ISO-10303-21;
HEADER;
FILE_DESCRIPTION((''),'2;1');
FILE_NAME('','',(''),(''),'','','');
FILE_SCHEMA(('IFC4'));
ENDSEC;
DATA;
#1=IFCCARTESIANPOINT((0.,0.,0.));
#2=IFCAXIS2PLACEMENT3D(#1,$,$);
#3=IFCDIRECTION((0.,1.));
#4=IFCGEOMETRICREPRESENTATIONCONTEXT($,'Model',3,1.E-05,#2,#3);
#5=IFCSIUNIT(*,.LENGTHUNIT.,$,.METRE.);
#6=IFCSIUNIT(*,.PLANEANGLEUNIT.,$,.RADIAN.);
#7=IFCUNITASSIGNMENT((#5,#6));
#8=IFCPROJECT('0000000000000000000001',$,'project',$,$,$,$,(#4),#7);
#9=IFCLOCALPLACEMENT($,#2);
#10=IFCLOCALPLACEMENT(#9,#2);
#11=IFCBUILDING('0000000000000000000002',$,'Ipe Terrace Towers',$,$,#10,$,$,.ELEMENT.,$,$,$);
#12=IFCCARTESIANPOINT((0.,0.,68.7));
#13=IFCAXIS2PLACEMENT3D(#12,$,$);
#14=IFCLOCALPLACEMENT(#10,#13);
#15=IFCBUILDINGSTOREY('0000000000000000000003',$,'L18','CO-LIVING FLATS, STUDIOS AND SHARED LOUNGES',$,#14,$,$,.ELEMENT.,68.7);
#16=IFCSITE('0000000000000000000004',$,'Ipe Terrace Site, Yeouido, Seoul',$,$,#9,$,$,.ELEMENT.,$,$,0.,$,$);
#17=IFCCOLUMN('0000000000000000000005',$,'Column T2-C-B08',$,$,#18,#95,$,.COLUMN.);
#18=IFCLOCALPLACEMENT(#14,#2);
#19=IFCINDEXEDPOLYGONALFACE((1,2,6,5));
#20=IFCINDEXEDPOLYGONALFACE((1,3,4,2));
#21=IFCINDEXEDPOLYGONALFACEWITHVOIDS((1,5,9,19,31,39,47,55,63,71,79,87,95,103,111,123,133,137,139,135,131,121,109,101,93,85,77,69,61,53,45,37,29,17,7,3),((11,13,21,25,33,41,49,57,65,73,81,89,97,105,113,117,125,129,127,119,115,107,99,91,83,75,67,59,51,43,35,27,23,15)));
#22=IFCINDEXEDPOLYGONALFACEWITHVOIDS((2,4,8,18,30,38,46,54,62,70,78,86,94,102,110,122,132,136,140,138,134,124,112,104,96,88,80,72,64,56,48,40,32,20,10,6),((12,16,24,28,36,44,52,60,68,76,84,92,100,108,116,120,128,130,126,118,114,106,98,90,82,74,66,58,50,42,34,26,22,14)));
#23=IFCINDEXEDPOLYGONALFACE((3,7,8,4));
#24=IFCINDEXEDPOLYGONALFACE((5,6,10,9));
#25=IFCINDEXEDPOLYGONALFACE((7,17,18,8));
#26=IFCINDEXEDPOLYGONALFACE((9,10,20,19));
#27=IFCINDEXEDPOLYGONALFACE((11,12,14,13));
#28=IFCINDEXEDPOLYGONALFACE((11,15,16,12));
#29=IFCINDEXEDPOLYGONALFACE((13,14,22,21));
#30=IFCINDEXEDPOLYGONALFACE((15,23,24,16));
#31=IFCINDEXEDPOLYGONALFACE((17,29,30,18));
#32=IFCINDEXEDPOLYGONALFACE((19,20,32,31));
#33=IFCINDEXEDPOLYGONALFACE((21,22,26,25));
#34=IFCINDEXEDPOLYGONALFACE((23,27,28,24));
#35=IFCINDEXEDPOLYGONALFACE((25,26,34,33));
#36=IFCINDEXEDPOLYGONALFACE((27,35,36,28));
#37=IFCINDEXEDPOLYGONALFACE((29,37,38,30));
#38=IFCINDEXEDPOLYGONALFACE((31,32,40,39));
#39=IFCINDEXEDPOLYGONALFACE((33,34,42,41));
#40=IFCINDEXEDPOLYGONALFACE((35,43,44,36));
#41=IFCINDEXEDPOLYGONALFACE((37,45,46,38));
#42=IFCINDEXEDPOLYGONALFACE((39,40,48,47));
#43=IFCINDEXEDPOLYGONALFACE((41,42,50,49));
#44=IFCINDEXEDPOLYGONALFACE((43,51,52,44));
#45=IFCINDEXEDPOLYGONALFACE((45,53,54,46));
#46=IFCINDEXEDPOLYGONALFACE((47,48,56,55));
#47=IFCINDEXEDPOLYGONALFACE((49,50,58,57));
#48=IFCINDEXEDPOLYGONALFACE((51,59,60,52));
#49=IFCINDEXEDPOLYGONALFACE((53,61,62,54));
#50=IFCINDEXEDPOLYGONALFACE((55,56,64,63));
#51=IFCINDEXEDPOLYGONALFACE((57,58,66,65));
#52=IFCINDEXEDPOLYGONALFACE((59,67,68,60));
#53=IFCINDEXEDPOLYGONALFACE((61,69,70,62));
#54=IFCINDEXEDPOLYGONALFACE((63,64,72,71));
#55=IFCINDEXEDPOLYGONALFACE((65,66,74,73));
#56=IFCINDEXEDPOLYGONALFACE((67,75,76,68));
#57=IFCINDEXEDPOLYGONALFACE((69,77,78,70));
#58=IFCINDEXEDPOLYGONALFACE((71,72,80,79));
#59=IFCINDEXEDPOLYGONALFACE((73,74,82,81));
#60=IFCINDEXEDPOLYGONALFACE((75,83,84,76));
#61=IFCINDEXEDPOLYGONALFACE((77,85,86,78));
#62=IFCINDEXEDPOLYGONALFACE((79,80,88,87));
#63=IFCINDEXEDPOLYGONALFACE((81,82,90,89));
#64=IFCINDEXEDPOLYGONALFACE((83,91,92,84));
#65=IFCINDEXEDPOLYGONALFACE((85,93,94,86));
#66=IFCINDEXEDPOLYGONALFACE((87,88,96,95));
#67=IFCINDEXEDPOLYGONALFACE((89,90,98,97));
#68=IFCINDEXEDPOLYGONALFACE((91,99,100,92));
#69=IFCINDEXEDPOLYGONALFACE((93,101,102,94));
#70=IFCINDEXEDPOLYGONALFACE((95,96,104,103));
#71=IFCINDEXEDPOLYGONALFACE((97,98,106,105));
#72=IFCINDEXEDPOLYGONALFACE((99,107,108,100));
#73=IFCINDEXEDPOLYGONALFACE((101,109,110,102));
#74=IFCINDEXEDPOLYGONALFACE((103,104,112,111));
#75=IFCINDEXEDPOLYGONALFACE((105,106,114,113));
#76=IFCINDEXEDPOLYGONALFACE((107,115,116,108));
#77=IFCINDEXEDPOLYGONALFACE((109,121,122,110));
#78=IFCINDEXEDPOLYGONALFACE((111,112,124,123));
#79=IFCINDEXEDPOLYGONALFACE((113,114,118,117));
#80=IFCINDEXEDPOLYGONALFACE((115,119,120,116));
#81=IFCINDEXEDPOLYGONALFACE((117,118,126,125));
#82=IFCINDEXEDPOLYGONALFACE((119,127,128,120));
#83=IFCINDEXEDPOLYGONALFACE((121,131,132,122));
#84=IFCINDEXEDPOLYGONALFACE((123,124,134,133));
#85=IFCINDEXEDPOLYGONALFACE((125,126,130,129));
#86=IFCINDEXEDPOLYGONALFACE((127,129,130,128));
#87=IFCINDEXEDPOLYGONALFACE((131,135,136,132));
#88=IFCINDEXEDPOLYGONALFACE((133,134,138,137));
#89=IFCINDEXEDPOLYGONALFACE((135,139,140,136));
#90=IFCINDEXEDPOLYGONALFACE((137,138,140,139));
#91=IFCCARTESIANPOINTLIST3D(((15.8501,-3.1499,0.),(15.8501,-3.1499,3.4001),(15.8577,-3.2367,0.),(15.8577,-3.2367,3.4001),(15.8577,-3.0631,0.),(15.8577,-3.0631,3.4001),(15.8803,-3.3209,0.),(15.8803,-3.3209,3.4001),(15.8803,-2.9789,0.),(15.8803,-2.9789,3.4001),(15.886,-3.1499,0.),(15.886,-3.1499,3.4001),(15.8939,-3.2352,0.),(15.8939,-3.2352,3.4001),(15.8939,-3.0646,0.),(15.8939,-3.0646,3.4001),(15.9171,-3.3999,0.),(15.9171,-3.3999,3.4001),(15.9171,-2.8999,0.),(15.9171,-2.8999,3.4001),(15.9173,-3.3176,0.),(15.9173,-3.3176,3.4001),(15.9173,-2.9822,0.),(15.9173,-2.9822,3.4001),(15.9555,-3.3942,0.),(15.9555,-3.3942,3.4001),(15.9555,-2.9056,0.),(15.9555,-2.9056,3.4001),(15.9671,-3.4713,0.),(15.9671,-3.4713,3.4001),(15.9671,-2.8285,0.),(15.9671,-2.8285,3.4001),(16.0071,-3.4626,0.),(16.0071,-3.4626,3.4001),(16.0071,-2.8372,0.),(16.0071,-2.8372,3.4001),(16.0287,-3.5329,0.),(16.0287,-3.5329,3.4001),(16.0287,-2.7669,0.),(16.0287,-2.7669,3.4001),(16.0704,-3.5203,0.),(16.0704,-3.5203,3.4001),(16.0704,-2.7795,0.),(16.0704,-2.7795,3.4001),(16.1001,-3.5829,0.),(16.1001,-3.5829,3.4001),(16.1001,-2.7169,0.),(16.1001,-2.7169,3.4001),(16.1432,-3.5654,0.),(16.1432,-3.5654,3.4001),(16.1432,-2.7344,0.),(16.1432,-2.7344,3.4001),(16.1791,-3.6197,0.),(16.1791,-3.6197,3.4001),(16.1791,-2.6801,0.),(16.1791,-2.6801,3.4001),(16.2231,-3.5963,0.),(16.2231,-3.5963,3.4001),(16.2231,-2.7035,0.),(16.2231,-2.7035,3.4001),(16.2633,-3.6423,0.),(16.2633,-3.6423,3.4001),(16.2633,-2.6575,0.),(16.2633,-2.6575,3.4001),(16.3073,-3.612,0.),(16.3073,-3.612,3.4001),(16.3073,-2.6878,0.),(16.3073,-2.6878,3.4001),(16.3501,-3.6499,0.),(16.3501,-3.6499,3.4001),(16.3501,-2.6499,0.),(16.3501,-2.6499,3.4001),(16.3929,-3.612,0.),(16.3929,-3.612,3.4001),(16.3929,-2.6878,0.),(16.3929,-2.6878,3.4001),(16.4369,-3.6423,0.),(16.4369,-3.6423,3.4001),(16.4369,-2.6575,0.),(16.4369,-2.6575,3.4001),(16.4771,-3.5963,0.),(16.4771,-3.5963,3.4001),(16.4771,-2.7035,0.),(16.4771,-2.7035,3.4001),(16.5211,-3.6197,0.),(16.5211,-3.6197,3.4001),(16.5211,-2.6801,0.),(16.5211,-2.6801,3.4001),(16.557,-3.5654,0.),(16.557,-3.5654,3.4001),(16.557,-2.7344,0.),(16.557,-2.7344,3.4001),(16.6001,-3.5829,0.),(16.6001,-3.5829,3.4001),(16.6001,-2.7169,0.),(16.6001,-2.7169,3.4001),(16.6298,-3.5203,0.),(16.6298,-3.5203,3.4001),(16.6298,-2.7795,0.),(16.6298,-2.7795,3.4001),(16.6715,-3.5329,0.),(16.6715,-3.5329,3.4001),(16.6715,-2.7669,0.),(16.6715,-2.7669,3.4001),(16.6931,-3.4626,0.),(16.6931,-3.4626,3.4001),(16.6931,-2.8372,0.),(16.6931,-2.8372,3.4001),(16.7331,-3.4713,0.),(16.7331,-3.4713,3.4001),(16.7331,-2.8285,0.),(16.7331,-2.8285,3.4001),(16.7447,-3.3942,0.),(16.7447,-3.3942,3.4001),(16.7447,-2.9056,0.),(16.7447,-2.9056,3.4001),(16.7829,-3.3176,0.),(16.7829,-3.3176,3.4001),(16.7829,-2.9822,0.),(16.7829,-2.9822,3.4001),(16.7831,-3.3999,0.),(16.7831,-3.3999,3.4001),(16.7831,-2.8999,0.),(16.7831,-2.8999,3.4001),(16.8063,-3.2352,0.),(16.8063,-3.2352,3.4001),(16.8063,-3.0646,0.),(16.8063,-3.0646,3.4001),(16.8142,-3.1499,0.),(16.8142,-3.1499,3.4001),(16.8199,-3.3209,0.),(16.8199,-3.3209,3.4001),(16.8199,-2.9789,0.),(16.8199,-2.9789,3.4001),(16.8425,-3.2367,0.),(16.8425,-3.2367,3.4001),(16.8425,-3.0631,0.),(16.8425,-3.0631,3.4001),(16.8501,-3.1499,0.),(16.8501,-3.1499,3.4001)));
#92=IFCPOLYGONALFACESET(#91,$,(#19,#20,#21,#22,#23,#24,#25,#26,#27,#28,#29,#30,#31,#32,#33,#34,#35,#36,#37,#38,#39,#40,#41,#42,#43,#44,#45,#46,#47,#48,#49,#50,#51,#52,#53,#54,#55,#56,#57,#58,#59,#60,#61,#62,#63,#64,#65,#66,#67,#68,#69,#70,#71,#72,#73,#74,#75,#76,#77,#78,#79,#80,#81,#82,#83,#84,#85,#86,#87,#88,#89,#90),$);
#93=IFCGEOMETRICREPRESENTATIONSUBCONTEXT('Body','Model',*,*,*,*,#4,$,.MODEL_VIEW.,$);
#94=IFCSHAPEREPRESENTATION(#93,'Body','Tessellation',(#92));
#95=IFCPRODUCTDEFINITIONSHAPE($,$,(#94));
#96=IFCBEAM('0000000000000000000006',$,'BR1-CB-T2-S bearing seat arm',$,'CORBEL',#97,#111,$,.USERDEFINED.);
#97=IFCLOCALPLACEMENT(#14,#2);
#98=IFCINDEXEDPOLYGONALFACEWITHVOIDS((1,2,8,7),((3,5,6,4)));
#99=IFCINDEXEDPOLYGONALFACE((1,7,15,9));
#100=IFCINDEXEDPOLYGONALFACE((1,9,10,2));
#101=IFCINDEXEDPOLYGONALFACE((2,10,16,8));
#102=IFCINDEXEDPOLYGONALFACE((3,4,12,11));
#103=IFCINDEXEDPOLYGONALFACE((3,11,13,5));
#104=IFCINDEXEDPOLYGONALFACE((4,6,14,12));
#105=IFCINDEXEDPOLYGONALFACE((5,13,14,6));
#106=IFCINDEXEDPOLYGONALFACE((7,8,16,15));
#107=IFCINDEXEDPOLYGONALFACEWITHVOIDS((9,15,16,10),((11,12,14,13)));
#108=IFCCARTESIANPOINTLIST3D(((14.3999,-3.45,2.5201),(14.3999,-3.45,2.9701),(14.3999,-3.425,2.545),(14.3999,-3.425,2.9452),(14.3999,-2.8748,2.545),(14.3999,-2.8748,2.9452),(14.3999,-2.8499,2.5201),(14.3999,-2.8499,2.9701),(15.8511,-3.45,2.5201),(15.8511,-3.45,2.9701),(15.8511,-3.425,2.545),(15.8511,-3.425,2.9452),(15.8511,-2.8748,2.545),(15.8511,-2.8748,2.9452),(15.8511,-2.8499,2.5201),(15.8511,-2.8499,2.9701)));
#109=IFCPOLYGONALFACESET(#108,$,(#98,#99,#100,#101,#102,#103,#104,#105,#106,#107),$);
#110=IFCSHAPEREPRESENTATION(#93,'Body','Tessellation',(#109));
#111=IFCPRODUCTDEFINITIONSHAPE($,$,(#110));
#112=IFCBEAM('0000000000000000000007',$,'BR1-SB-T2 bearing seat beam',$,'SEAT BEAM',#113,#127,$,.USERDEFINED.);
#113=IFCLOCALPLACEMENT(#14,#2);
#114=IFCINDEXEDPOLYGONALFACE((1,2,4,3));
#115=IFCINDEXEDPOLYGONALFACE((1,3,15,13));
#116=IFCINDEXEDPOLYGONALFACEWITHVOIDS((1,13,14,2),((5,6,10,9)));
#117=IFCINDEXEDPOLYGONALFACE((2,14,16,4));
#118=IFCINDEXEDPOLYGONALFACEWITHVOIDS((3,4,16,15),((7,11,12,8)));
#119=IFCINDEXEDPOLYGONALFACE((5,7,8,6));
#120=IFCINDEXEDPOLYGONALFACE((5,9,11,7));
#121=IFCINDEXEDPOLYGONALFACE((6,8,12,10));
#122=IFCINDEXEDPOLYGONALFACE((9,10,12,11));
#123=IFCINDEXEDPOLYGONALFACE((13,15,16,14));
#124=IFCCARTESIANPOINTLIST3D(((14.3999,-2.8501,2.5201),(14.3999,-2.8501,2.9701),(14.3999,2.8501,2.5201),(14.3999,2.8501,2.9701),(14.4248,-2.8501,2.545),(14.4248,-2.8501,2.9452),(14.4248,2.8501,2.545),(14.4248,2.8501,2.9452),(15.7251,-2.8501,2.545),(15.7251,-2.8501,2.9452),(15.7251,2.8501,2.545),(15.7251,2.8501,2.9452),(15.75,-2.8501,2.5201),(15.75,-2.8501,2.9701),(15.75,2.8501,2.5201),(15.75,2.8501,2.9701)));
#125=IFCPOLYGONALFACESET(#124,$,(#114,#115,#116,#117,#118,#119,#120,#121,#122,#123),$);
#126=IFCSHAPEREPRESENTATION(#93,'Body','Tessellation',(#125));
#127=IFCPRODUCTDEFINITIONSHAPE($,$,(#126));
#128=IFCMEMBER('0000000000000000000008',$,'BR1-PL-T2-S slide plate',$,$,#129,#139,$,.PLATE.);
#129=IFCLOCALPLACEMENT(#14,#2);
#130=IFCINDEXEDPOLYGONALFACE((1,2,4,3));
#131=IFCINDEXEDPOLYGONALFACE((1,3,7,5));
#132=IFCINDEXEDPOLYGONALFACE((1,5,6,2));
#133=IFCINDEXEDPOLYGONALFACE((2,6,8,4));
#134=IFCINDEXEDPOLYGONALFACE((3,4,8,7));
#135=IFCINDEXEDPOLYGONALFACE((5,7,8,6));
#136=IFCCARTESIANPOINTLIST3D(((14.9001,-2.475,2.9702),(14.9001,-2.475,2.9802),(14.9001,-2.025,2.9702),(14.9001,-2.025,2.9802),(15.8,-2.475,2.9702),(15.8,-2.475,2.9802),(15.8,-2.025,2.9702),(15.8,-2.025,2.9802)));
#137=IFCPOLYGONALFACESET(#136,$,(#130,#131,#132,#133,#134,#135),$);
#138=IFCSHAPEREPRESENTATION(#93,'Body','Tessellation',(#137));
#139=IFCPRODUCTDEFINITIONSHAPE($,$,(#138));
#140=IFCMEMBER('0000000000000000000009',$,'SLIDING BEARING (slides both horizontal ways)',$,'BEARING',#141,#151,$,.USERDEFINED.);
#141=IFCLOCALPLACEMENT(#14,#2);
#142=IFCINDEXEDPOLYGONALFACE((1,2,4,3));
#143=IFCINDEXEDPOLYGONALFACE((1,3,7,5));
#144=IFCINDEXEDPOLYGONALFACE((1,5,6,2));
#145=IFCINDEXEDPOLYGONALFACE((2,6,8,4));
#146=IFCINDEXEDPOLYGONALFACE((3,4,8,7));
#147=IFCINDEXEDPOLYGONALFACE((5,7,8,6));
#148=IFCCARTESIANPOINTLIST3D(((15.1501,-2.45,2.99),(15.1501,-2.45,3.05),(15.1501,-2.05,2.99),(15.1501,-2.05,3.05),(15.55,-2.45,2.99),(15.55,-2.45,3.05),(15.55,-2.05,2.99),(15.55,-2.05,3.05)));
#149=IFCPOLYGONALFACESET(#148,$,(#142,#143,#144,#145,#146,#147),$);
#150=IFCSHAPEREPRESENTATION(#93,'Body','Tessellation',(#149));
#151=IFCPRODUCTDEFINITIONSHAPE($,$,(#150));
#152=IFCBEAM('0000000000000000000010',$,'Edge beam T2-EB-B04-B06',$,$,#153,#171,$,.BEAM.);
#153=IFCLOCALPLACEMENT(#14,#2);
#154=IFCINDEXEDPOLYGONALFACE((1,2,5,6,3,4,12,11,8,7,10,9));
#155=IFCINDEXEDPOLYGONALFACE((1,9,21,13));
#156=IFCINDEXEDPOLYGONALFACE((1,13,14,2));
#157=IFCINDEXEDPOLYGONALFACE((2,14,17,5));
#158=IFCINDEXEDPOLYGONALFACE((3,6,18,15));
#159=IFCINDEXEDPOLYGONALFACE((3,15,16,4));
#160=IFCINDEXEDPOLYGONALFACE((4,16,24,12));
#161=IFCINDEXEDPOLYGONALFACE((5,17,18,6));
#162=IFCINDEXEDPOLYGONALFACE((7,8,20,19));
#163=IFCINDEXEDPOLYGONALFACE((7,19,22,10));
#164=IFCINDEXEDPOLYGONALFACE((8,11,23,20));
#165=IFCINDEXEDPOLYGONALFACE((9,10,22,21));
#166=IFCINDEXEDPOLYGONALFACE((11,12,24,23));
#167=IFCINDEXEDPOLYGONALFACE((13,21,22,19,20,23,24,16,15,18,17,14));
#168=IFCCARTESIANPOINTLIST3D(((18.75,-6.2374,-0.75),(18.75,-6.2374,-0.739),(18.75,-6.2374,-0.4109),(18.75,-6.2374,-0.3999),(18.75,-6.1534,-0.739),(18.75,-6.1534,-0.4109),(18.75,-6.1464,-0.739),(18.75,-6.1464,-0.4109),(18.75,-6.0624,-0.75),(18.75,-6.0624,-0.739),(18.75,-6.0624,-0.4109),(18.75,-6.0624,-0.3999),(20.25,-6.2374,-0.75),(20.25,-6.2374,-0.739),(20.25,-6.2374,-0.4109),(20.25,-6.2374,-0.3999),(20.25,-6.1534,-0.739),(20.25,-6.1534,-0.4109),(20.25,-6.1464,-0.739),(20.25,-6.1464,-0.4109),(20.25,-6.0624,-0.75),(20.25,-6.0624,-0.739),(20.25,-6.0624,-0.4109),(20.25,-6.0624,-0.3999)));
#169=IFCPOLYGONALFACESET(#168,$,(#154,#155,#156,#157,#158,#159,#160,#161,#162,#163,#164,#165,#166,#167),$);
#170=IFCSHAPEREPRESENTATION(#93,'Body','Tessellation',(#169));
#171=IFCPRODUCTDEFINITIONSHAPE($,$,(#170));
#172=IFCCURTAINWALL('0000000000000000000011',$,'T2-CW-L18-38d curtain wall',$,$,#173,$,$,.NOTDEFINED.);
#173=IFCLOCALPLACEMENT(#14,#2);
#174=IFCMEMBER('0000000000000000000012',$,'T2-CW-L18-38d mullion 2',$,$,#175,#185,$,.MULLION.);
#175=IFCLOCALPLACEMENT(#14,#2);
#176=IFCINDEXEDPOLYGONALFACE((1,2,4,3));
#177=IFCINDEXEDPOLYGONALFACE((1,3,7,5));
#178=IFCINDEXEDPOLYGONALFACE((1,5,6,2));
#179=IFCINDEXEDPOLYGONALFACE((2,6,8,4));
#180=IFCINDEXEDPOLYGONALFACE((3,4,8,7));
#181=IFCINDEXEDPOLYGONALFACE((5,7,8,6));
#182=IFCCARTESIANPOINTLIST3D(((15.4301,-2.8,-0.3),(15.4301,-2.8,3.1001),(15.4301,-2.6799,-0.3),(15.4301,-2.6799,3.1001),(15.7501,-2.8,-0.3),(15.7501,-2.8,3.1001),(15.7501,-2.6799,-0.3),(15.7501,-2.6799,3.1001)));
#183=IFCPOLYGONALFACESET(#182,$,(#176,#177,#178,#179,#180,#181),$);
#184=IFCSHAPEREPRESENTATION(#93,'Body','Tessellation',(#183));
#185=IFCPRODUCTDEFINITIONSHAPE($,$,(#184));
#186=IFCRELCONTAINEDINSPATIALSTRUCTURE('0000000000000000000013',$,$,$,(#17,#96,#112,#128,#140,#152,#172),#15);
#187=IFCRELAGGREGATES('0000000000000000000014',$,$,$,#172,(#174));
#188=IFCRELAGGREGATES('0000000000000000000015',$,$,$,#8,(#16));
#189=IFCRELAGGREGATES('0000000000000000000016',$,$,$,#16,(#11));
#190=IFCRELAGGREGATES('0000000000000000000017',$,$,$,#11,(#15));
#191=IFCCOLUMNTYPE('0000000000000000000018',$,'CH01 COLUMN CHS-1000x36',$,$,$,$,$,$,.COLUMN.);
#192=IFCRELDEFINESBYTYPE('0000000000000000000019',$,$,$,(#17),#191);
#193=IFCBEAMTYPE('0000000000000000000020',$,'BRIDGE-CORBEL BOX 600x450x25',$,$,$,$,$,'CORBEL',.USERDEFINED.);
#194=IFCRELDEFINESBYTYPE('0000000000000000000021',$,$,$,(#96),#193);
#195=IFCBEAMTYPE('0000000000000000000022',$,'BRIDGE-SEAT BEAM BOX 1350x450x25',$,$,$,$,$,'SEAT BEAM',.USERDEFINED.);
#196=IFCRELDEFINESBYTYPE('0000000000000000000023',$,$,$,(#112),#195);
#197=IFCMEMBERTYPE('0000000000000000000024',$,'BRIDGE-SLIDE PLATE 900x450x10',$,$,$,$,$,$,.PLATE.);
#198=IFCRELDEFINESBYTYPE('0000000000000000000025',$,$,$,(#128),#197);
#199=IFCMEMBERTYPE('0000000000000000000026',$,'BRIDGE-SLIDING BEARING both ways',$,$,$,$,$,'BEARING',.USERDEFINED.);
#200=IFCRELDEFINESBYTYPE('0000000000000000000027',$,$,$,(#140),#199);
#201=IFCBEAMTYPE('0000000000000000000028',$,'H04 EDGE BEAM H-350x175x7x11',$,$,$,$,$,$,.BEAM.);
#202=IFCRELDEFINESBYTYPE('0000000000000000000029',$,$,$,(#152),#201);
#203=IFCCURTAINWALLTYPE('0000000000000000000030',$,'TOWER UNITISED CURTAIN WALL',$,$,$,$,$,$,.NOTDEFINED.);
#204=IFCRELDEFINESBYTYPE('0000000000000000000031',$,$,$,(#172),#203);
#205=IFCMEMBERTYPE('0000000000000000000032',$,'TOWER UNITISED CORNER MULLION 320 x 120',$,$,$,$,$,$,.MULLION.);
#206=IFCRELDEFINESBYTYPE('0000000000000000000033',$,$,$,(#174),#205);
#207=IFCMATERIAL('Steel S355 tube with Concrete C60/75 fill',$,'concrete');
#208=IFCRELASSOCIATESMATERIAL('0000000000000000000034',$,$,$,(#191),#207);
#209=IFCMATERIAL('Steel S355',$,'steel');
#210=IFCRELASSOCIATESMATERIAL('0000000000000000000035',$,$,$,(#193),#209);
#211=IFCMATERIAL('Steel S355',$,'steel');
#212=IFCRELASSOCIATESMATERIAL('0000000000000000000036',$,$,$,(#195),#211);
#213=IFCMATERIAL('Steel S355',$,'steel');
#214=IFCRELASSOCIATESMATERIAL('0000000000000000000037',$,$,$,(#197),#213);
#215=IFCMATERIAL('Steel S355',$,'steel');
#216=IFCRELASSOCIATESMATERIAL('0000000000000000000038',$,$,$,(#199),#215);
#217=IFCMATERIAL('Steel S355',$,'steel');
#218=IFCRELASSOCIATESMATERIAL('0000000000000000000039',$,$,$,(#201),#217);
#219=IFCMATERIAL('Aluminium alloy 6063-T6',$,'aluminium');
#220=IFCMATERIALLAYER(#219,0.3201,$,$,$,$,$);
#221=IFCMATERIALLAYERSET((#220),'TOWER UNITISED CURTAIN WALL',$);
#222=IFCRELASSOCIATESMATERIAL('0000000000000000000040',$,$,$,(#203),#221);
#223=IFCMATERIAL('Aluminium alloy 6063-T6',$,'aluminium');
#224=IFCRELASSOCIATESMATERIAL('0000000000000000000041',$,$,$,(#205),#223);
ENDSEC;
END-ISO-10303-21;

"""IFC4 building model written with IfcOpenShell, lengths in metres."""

from ifc_helpers import new_model, si_unit, direction, frame, origin, origin_2d, place, context, subcontext, project, spatial, rectangle, hollow_rectangle, hollow_circle, i_section, extrude, material, layer, layer_set, material_profile, profile_set, type_object, element, aggregate, save


model = new_model("IFC4")

# Units and contexts
model_context = context("Model", 3, precision=1e-05, world=origin(), true_north=direction((0.0, 1.0)))
body_context = subcontext(model_context, "Body", "Model", "MODEL_VIEW")
ifc_project = project(units=[si_unit("LENGTHUNIT", "METRE"), si_unit("PLANEANGLEUNIT", "RADIAN")], contexts=[model_context])

# Site, building, storey
site_placement = place(None, origin())
site = spatial("IfcSite", under=ifc_project, at=site_placement, Name="Ipe Terrace Site, Yeouido, Seoul", CompositionType="ELEMENT", RefElevation=0.0)
building_placement = place(site_placement, origin())
building = spatial("IfcBuilding", under=site, at=building_placement, Name="Ipe Terrace Towers", CompositionType="ELEMENT")
storey_placement = place(building_placement, frame((0.0, 0.0, 68.7)))
storey = spatial("IfcBuildingStorey", under=building, at=storey_placement, Name="L18", Description="CO-LIVING FLATS, STUDIOS AND SHARED LOUNGES", CompositionType="ELEMENT", Elevation=68.7)

# Column
ifc_material_1 = material(Name="Steel S355 tube with Concrete C60/75 fill", Category="concrete")
ifc_material_profile_1 = material_profile(ifc_material_1, hollow_circle(Radius=0.5, WallThickness=0.0359, at=origin_2d()), Name="CHS-1000x36")
ifc_profile_set_1 = profile_set([ifc_material_profile_1], Name="Steel S355 tube with Concrete C60/75 fill")
column_type = type_object("IfcColumnType", Name="CH01 COLUMN CHS-1000x36", PredefinedType="COLUMN", material=ifc_profile_set_1)
for number, where, z_axis, x_axis, name in (
    (1, (16.3501, -3.1499, 0.0), (0.0, 0.0, 1.0), (1.0, 0.0, 0.0), "Column T2-C-B08"),
):
    element("IfcColumn", number, at=place(storey_placement, frame(where, z_axis=z_axis, x_axis=x_axis)), inside=storey, type_object=column_type, Name=name, PredefinedType="COLUMN", context=body_context, shape_type="SweptSolid", body=[
        extrude(hollow_circle(Radius=0.5, WallThickness=0.0359, at=origin_2d()), origin(), (0.0, 0.0, 1.0), 3.4001),
    ])

# Beams
ifc_material_2 = material(Name="Steel S355", Category="steel")
ifc_material_profile_2 = material_profile(ifc_material_2, hollow_rectangle(XDim=0.6001, YDim=0.45, WallThickness=0.0249, at=origin_2d()), Name="BRIDGE-CORBEL BOX 600x450x25")
ifc_profile_set_2 = profile_set([ifc_material_profile_2], Name="Steel S355")
beam_type_1 = type_object("IfcBeamType", Name="BRIDGE-CORBEL BOX 600x450x25", ElementType="CORBEL", PredefinedType="USERDEFINED", material=ifc_profile_set_2)
beam_1_placement = place(storey_placement, frame((15.8511, -3.1499, 2.7451), z_axis=(-1.0, 0.0, 0.0), x_axis=(0.0, -1.0, 0.0)))
element("IfcBeam", 2, at=beam_1_placement, inside=storey, type_object=beam_type_1, Name="BR1-CB-T2-S bearing seat arm", ObjectType="CORBEL", PredefinedType="USERDEFINED", context=body_context, shape_type="SweptSolid", body=[
    extrude(hollow_rectangle(XDim=0.6001, YDim=0.45, WallThickness=0.0249, at=origin_2d()), origin(), (0.0, 0.0, 1.0), 1.4512),
])
ifc_material_3 = material(Name="Steel S355", Category="steel")
ifc_material_profile_3 = material_profile(ifc_material_3, hollow_rectangle(XDim=1.3501, YDim=0.45, WallThickness=0.0249, at=origin_2d()), Name="BRIDGE-SEAT BEAM BOX 1350x450x25")
ifc_profile_set_3 = profile_set([ifc_material_profile_3], Name="Steel S355")
beam_type_2 = type_object("IfcBeamType", Name="BRIDGE-SEAT BEAM BOX 1350x450x25", ElementType="SEAT BEAM", PredefinedType="USERDEFINED", material=ifc_profile_set_3)
beam_2_placement = place(storey_placement, frame((15.075, -2.8501, 2.7451), z_axis=(0.0, 1.0, 0.0), x_axis=(-1.0, 0.0, 0.0)))
element("IfcBeam", 3, at=beam_2_placement, inside=storey, type_object=beam_type_2, Name="BR1-SB-T2 bearing seat beam", ObjectType="SEAT BEAM", PredefinedType="USERDEFINED", context=body_context, shape_type="SweptSolid", body=[
    extrude(hollow_rectangle(XDim=1.3501, YDim=0.45, WallThickness=0.0249, at=origin_2d()), origin(), (0.0, 0.0, 1.0), 5.7002),
])

# Members
ifc_material_4 = material(Name="Steel S355", Category="steel")
member_type_1 = type_object("IfcMemberType", Name="BRIDGE-SLIDE PLATE 900x450x10", PredefinedType="PLATE", material=ifc_material_4)
member_1_placement = place(storey_placement, frame((15.3501, -2.25, 2.9702), z_axis=(0.0, 0.0, 1.0), x_axis=(1.0, 0.0, 0.0)))
element("IfcMember", 4, at=member_1_placement, inside=storey, type_object=member_type_1, Name="BR1-PL-T2-S slide plate", PredefinedType="PLATE", context=body_context, shape_type="SweptSolid", body=[
    extrude(rectangle(XDim=0.8999, YDim=0.45, at=origin_2d()), origin(), (0.0, 0.0, 1.0), 0.01),
])
ifc_material_5 = material(Name="Steel S355", Category="steel")
member_type_2 = type_object("IfcMemberType", Name="BRIDGE-SLIDING BEARING both ways", ElementType="BEARING", PredefinedType="USERDEFINED", material=ifc_material_5)
member_2_placement = place(storey_placement, frame((15.3501, -2.25, 2.99), z_axis=(0.0, 0.0, 1.0), x_axis=(1.0, 0.0, 0.0)))
element("IfcMember", 5, at=member_2_placement, inside=storey, type_object=member_type_2, Name="SLIDING BEARING (slides both horizontal ways)", ObjectType="BEARING", PredefinedType="USERDEFINED", context=body_context, shape_type="SweptSolid", body=[
    extrude(rectangle(XDim=0.3999, YDim=0.3999, at=origin_2d()), origin(), (0.0, 0.0, 1.0), 0.0601),
])

# Beam
ifc_material_6 = material(Name="Steel S355", Category="steel")
ifc_material_profile_4 = material_profile(ifc_material_6, i_section(OverallWidth=0.175, OverallDepth=0.3501, WebThickness=0.0071, FlangeThickness=0.011, at=origin_2d()), Name="H-350x175x7x11")
ifc_profile_set_4 = profile_set([ifc_material_profile_4], Name="Steel S355")
beam_type_3 = type_object("IfcBeamType", Name="H04 EDGE BEAM H-350x175x7x11", PredefinedType="BEAM", material=ifc_profile_set_4)
beam_3_placement = place(storey_placement, frame((20.25, -6.1499, -0.575), z_axis=(-1.0, 0.0, 0.0), x_axis=(0.0, -1.0, 0.0)))
element("IfcBeam", 6, at=beam_3_placement, inside=storey, type_object=beam_type_3, Name="Edge beam T2-EB-B04-B06", PredefinedType="BEAM", context=body_context, shape_type="SweptSolid", body=[
    extrude(i_section(OverallWidth=0.175, OverallDepth=0.3501, WebThickness=0.0071, FlangeThickness=0.011, at=origin_2d()), origin(), (0.0, 0.0, 1.0), 1.5),
])

# Curtain wall, member
ifc_material_7 = material(Name="Aluminium alloy 6063-T6", Category="aluminium")
ifc_layer_1 = layer(ifc_material_7, 0.3201)
ifc_layer_set_1 = layer_set([ifc_layer_1], Name="TOWER UNITISED CURTAIN WALL")
curtain_wall_type = type_object("IfcCurtainWallType", Name="TOWER UNITISED CURTAIN WALL", PredefinedType="NOTDEFINED", material=ifc_layer_set_1)
curtain_wall_1_placement = place(storey_placement, origin())
curtain_wall_1 = element("IfcCurtainWall", 7, at=curtain_wall_1_placement, inside=storey, type_object=curtain_wall_type, Name="T2-CW-L18-38d curtain wall", PredefinedType="NOTDEFINED")
ifc_material_8 = material(Name="Aluminium alloy 6063-T6", Category="aluminium")
ifc_material_profile_5 = material_profile(ifc_material_8, rectangle(XDim=0.3201, YDim=0.1201, at=origin_2d()), Name="TOWER UNITISED CORNER MULLION 320 x 120")
ifc_profile_set_5 = profile_set([ifc_material_profile_5], Name="Aluminium alloy 6063-T6")
member_type_3 = type_object("IfcMemberType", Name="TOWER UNITISED CORNER MULLION 320 x 120", PredefinedType="MULLION", material=ifc_profile_set_5)
member_3_placement = place(storey_placement, frame((15.5901, -2.74, -0.3), z_axis=(0.0, 0.0, 1.0), x_axis=(-1.0, 0.0, 0.0)))
member_3 = element("IfcMember", 8, at=member_3_placement, type_object=member_type_3, Name="T2-CW-L18-38d mullion 2", PredefinedType="MULLION", context=body_context, shape_type="SweptSolid", body=[
    extrude(rectangle(XDim=0.3201, YDim=0.1201, at=origin_2d()), origin(), (0.0, 0.0, 1.0), 3.4001),
])
aggregate(curtain_wall_1, [member_3])

save(model, "model.ifc")
